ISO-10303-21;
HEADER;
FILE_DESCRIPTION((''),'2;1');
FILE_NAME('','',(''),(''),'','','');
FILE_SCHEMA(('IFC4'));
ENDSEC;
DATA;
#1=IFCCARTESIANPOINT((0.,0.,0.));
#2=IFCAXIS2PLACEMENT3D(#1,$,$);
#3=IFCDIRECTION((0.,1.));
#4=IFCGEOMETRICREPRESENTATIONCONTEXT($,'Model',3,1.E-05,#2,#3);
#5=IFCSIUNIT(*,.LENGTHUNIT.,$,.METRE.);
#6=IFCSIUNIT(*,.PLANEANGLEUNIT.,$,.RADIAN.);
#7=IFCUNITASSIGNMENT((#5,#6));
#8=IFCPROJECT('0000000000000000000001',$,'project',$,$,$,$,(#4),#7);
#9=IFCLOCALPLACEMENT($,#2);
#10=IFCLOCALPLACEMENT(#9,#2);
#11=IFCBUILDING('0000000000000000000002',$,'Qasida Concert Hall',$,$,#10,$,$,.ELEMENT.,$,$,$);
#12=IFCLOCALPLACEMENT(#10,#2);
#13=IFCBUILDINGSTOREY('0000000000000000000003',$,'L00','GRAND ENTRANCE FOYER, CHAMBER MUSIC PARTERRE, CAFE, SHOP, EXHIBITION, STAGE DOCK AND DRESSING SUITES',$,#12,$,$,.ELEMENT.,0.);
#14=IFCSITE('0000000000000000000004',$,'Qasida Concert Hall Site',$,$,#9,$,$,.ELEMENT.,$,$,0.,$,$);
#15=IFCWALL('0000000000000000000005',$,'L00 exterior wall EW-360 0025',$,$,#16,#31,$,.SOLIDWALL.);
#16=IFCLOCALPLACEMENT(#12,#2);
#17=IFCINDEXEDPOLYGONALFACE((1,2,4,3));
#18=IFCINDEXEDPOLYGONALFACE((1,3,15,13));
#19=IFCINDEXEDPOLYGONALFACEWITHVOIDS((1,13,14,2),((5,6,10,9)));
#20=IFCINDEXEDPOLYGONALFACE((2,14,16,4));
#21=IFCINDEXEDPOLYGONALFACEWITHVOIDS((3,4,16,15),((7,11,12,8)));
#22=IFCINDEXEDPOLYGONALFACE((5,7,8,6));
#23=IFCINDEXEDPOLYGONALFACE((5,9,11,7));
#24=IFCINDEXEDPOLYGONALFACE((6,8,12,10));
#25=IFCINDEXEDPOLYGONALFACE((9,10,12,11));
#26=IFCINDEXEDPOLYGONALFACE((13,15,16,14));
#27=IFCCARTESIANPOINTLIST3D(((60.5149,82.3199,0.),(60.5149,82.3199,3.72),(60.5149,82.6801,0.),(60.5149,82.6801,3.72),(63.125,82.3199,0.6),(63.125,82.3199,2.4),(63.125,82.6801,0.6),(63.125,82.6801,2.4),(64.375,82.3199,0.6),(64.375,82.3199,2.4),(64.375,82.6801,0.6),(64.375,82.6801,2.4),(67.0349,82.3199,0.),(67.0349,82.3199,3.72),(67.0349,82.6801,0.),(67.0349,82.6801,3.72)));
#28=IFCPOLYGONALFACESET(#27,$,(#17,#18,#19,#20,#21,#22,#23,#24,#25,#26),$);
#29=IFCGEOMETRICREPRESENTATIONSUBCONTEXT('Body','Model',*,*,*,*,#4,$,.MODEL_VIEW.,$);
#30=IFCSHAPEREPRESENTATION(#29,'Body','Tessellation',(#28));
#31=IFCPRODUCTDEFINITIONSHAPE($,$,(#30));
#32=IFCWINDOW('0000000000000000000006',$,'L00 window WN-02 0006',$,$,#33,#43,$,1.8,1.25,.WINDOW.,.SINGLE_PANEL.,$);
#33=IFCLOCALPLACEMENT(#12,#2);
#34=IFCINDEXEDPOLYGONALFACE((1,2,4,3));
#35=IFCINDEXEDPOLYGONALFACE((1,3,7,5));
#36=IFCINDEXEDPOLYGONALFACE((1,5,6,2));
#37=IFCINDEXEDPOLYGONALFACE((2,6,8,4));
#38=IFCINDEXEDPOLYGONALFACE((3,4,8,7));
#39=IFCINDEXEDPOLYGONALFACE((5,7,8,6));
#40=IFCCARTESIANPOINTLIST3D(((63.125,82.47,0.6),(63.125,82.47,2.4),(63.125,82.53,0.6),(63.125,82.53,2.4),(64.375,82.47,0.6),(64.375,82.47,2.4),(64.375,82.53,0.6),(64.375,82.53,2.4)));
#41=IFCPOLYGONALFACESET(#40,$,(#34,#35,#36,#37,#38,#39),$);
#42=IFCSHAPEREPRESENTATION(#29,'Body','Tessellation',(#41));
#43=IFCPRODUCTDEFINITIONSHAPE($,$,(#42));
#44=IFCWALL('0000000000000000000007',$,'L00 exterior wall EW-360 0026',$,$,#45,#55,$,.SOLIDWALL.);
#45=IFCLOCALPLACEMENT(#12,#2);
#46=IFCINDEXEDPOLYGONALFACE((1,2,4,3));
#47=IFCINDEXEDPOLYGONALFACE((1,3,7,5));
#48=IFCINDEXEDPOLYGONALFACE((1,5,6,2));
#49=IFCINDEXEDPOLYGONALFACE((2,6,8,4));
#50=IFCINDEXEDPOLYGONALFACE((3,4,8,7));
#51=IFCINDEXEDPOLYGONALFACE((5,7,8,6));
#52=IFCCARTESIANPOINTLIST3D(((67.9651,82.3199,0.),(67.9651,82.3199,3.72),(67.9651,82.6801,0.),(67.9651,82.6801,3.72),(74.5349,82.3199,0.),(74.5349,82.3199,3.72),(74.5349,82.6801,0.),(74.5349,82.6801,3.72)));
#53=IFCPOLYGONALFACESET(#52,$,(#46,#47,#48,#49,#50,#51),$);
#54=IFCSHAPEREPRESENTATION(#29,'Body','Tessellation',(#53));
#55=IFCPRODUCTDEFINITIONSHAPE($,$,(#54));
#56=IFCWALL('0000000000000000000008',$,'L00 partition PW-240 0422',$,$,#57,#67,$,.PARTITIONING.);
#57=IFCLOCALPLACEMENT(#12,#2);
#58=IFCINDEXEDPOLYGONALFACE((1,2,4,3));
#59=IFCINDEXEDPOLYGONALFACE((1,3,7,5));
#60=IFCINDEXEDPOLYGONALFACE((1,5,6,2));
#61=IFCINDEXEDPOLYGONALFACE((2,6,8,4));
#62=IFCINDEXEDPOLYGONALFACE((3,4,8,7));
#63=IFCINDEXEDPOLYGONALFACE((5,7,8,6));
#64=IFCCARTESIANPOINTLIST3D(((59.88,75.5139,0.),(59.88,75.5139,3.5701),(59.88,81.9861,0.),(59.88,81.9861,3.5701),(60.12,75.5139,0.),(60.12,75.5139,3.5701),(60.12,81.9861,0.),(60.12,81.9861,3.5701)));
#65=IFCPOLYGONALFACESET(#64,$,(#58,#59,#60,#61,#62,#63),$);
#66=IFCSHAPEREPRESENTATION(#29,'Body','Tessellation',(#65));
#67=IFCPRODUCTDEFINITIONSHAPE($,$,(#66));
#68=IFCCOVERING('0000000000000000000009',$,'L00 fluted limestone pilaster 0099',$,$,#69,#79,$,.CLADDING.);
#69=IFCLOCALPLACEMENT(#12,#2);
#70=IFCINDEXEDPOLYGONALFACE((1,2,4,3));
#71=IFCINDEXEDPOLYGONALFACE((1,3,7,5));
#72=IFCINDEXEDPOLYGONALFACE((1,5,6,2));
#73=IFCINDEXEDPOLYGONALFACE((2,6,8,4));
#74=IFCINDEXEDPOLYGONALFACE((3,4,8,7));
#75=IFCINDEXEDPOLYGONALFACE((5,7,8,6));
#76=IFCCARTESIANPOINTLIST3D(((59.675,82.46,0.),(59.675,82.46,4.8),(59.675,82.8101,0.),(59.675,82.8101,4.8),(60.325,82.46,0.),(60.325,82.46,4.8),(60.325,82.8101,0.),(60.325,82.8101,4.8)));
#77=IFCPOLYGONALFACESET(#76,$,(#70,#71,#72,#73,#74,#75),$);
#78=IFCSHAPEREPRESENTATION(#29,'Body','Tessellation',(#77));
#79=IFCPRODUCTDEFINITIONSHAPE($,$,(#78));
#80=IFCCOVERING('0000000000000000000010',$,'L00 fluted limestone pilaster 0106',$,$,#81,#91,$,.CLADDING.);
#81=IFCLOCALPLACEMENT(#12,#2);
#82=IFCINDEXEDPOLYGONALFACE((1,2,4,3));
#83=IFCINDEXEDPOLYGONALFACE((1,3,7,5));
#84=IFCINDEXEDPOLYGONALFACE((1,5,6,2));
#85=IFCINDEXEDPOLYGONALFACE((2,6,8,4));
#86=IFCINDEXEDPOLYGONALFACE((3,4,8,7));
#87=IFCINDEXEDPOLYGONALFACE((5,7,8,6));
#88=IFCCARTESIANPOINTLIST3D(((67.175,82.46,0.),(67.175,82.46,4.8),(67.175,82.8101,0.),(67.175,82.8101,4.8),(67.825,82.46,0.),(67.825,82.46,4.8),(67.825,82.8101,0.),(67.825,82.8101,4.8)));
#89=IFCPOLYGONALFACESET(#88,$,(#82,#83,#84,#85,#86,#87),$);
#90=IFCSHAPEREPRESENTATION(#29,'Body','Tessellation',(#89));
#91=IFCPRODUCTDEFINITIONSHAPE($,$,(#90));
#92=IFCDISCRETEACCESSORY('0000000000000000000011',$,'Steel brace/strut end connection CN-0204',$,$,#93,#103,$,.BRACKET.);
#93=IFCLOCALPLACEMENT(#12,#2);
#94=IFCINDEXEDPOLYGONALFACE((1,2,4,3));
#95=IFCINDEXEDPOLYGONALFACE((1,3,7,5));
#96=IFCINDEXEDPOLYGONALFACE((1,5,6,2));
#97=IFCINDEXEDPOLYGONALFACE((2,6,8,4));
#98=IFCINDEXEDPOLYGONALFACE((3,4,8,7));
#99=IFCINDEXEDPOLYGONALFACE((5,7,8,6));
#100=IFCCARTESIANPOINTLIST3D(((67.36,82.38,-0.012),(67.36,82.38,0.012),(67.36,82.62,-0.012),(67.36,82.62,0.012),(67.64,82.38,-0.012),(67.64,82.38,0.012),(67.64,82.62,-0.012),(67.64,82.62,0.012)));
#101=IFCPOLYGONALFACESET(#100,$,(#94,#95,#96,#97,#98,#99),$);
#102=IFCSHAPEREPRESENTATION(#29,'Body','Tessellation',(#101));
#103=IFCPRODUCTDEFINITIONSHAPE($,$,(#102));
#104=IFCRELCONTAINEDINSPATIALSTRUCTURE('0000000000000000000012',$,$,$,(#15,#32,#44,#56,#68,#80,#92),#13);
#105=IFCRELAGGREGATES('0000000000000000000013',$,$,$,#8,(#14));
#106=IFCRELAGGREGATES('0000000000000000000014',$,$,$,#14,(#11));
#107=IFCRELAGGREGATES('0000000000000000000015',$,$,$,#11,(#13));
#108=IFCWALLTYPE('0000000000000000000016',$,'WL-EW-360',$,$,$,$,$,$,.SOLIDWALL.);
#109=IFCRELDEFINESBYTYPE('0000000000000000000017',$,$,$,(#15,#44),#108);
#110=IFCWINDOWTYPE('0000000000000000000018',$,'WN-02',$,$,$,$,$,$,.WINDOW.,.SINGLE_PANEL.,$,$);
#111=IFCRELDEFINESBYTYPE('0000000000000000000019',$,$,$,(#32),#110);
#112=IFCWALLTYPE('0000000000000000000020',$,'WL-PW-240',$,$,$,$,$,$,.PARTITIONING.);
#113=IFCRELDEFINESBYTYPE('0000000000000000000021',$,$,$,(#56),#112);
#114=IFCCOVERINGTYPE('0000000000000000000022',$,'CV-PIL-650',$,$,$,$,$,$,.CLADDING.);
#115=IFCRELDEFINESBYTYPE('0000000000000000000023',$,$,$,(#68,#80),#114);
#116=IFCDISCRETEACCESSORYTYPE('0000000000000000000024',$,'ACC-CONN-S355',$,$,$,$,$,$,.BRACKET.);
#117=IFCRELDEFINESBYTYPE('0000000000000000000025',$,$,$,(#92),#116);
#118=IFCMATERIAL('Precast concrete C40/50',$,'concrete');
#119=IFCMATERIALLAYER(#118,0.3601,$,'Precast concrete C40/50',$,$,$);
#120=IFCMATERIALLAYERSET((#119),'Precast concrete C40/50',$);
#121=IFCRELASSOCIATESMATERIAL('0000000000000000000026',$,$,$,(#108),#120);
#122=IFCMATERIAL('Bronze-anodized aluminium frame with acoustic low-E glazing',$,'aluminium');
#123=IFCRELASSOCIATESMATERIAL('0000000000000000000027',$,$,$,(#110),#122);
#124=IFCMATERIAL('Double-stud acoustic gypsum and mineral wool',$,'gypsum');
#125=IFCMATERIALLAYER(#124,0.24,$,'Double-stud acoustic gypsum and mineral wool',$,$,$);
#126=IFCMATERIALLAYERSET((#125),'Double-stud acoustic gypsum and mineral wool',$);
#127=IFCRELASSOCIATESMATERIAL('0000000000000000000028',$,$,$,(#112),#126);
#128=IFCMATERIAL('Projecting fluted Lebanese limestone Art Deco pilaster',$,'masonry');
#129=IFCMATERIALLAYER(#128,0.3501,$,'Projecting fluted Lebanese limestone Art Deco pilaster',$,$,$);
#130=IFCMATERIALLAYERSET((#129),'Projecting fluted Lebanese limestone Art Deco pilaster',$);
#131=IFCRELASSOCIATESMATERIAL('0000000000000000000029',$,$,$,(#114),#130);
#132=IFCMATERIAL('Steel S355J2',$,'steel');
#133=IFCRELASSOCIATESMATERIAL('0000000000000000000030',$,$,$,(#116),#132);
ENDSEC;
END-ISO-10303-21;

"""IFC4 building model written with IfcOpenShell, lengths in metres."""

from ifc_helpers import new_model, si_unit, direction, frame, frame_2d, origin, origin_2d, place, context, subcontext, project, spatial, rectangle, extrude, material, layer, layer_set, type_object, element, fill, save


model = new_model("IFC4")

# Units and contexts
model_context = context("Model", 3, precision=1e-05, world=origin(), true_north=direction((0.0, 1.0)))
body_context = subcontext(model_context, "Body", "Model", "MODEL_VIEW")
ifc_project = project(units=[si_unit("LENGTHUNIT", "METRE"), si_unit("PLANEANGLEUNIT", "RADIAN")], contexts=[model_context])

# Site, building, storey
site_placement = place(None, origin())
site = spatial("IfcSite", under=ifc_project, at=site_placement, Name="Qasida Concert Hall Site", CompositionType="ELEMENT", RefElevation=0.0)
building_placement = place(site_placement, origin())
building = spatial("IfcBuilding", under=site, at=building_placement, Name="Qasida Concert Hall", CompositionType="ELEMENT")
storey_placement = place(building_placement, origin())
storey = spatial("IfcBuildingStorey", under=building, at=storey_placement, Name="L00", Description="GRAND ENTRANCE FOYER, CHAMBER MUSIC PARTERRE, CAFE, SHOP, EXHIBITION, STAGE DOCK AND DRESSING SUITES", CompositionType="ELEMENT", Elevation=0.0)

# Shared definitions
ifc_material_1 = material(Name="Steel S355J2", Category="steel")

# Wall, opening, window
ifc_material_2 = material(Name="Precast concrete C40/50", Category="concrete")
ifc_layer_1 = layer(ifc_material_2, 0.3601, Name="Precast concrete C40/50")
ifc_layer_set_1 = layer_set([ifc_layer_1], Name="Precast concrete C40/50")
wall_type_1 = type_object("IfcWallType", Name="WL-EW-360", PredefinedType="SOLIDWALL", material=ifc_layer_set_1)
wall_1_placement = place(storey_placement, frame((60.5149, 82.5, 0.0), z_axis=(0.0, 0.0, 1.0), x_axis=(1.0, 0.0, 0.0)))
wall_1 = element("IfcWall", 1, at=wall_1_placement, inside=storey, type_object=wall_type_1, Name="L00 exterior wall EW-360 0025", PredefinedType="SOLIDWALL", context=body_context, shape_type="SweptSolid", body=[
    extrude(rectangle(XDim=6.52, YDim=0.3601, at=frame_2d((3.26, 0.0))), origin(), (0.0, 0.0, 1.0), 3.72),
])
opening_1_placement = place(wall_1_placement, frame((2.6101, 0.0, 0.6001)))
opening_1 = element("IfcOpeningElement", 2, at=opening_1_placement, cuts=wall_1, PredefinedType="OPENING", context=body_context, shape_type="SweptSolid", body=[
    extrude(rectangle(XDim=1.25, YDim=1.8, at=frame_2d((0.625, 0.8999))), frame((0.0, 0.1899, 0.0), z_axis=(0.0, -1.0, 0.0), x_axis=(1.0, 0.0, 0.0)), (0.0, 0.0, 1.0), 0.3801),
])
ifc_material_3 = material(Name="Bronze-anodized aluminium frame with acoustic low-E glazing", Category="aluminium")
window_type = type_object("IfcWindowType", Name="WN-02", PartitioningType="SINGLE_PANEL", PredefinedType="WINDOW", material=ifc_material_3)
window_placement = place(opening_1_placement, origin())
window = element("IfcWindow", 3, at=window_placement, inside=storey, type_object=window_type, Name="L00 window WN-02 0006", OverallHeight=1.8, OverallWidth=1.25, PartitioningType="SINGLE_PANEL", PredefinedType="WINDOW", context=body_context, shape_type="SweptSolid", body=[
    extrude(rectangle(XDim=1.25, YDim=1.8, at=frame_2d((0.625, 0.8999))), frame((0.0, 0.03, 0.0), z_axis=(0.0, -1.0, 0.0), x_axis=(1.0, 0.0, 0.0)), (0.0, 0.0, 1.0), 0.0601),
])
fill(opening_1, window)

# Wall
wall_2_placement = place(storey_placement, frame((67.9651, 82.5, 0.0), z_axis=(0.0, 0.0, 1.0), x_axis=(1.0, 0.0, 0.0)))
element("IfcWall", 4, at=wall_2_placement, inside=storey, type_object=wall_type_1, Name="L00 exterior wall EW-360 0026", PredefinedType="SOLIDWALL", context=body_context, shape_type="SweptSolid", body=[
    extrude(rectangle(XDim=6.5698, YDim=0.3601, at=frame_2d((3.2849, 0.0))), origin(), (0.0, 0.0, 1.0), 3.72),
])

# Shared definitions
ifc_material_4 = material(Name="Double-stud acoustic gypsum and mineral wool", Category="gypsum")
ifc_layer_2 = layer(ifc_material_4, 0.24, Name="Double-stud acoustic gypsum and mineral wool")
ifc_layer_set_2 = layer_set([ifc_layer_2], Name="Double-stud acoustic gypsum and mineral wool")
wall_type_2 = type_object("IfcWallType", Name="WL-PW-240", PredefinedType="PARTITIONING", material=ifc_layer_set_2)

# Wall
wall_3_placement = place(storey_placement, frame((60.0, 75.5139, 0.0), z_axis=(0.0, 0.0, 1.0), x_axis=(0.0, 1.0, 0.0)))
element("IfcWall", 5, at=wall_3_placement, inside=storey, type_object=wall_type_2, Name="L00 partition PW-240 0422", PredefinedType="PARTITIONING", context=body_context, shape_type="SweptSolid", body=[
    extrude(rectangle(XDim=6.4722, YDim=0.24, at=frame_2d((3.2361, 0.0))), origin(), (0.0, 0.0, 1.0), 3.5701),
])

# Coverings
ifc_material_5 = material(Name="Projecting fluted Lebanese limestone Art Deco pilaster", Category="masonry")
ifc_layer_3 = layer(ifc_material_5, 0.3501, Name="Projecting fluted Lebanese limestone Art Deco pilaster")
ifc_layer_set_3 = layer_set([ifc_layer_3], Name="Projecting fluted Lebanese limestone Art Deco pilaster")
covering_type = type_object("IfcCoveringType", Name="CV-PIL-650", PredefinedType="CLADDING", material=ifc_layer_set_3)
for number, where, z_axis, x_axis, name in (
    (6, (60.0, 82.635, 0.0), (0.0, 0.0, 1.0), (1.0, 0.0, 0.0), "L00 fluted limestone pilaster 0099"),
    (7, (67.5, 82.635, 0.0), (0.0, 0.0, 1.0), (1.0, 0.0, 0.0), "L00 fluted limestone pilaster 0106"),
):
    element("IfcCovering", number, at=place(storey_placement, frame(where, z_axis=z_axis, x_axis=x_axis)), inside=storey, type_object=covering_type, Name=name, PredefinedType="CLADDING", context=body_context, shape_type="SweptSolid", body=[
        extrude(rectangle(XDim=0.6499, YDim=0.3501, at=origin_2d()), origin(), (0.0, 0.0, 1.0), 4.8),
    ])

# Discrete accessory
discrete_accessory_type = type_object("IfcDiscreteAccessoryType", Name="ACC-CONN-S355", PredefinedType="BRACKET", material=ifc_material_1)
discrete_accessory_placement = place(storey_placement, frame((67.5, 82.5, -0.012), z_axis=(0.0, 0.0, 1.0), x_axis=(1.0, 0.0, 0.0)))
element("IfcDiscreteAccessory", 8, at=discrete_accessory_placement, inside=storey, type_object=discrete_accessory_type, Name="Steel brace/strut end connection CN-0204", PredefinedType="BRACKET", context=body_context, shape_type="SweptSolid", body=[
    extrude(rectangle(XDim=0.28, YDim=0.24, at=origin_2d()), origin(), (0.0, 0.0, 1.0), 0.0239),
])

save(model, "model.ifc")
